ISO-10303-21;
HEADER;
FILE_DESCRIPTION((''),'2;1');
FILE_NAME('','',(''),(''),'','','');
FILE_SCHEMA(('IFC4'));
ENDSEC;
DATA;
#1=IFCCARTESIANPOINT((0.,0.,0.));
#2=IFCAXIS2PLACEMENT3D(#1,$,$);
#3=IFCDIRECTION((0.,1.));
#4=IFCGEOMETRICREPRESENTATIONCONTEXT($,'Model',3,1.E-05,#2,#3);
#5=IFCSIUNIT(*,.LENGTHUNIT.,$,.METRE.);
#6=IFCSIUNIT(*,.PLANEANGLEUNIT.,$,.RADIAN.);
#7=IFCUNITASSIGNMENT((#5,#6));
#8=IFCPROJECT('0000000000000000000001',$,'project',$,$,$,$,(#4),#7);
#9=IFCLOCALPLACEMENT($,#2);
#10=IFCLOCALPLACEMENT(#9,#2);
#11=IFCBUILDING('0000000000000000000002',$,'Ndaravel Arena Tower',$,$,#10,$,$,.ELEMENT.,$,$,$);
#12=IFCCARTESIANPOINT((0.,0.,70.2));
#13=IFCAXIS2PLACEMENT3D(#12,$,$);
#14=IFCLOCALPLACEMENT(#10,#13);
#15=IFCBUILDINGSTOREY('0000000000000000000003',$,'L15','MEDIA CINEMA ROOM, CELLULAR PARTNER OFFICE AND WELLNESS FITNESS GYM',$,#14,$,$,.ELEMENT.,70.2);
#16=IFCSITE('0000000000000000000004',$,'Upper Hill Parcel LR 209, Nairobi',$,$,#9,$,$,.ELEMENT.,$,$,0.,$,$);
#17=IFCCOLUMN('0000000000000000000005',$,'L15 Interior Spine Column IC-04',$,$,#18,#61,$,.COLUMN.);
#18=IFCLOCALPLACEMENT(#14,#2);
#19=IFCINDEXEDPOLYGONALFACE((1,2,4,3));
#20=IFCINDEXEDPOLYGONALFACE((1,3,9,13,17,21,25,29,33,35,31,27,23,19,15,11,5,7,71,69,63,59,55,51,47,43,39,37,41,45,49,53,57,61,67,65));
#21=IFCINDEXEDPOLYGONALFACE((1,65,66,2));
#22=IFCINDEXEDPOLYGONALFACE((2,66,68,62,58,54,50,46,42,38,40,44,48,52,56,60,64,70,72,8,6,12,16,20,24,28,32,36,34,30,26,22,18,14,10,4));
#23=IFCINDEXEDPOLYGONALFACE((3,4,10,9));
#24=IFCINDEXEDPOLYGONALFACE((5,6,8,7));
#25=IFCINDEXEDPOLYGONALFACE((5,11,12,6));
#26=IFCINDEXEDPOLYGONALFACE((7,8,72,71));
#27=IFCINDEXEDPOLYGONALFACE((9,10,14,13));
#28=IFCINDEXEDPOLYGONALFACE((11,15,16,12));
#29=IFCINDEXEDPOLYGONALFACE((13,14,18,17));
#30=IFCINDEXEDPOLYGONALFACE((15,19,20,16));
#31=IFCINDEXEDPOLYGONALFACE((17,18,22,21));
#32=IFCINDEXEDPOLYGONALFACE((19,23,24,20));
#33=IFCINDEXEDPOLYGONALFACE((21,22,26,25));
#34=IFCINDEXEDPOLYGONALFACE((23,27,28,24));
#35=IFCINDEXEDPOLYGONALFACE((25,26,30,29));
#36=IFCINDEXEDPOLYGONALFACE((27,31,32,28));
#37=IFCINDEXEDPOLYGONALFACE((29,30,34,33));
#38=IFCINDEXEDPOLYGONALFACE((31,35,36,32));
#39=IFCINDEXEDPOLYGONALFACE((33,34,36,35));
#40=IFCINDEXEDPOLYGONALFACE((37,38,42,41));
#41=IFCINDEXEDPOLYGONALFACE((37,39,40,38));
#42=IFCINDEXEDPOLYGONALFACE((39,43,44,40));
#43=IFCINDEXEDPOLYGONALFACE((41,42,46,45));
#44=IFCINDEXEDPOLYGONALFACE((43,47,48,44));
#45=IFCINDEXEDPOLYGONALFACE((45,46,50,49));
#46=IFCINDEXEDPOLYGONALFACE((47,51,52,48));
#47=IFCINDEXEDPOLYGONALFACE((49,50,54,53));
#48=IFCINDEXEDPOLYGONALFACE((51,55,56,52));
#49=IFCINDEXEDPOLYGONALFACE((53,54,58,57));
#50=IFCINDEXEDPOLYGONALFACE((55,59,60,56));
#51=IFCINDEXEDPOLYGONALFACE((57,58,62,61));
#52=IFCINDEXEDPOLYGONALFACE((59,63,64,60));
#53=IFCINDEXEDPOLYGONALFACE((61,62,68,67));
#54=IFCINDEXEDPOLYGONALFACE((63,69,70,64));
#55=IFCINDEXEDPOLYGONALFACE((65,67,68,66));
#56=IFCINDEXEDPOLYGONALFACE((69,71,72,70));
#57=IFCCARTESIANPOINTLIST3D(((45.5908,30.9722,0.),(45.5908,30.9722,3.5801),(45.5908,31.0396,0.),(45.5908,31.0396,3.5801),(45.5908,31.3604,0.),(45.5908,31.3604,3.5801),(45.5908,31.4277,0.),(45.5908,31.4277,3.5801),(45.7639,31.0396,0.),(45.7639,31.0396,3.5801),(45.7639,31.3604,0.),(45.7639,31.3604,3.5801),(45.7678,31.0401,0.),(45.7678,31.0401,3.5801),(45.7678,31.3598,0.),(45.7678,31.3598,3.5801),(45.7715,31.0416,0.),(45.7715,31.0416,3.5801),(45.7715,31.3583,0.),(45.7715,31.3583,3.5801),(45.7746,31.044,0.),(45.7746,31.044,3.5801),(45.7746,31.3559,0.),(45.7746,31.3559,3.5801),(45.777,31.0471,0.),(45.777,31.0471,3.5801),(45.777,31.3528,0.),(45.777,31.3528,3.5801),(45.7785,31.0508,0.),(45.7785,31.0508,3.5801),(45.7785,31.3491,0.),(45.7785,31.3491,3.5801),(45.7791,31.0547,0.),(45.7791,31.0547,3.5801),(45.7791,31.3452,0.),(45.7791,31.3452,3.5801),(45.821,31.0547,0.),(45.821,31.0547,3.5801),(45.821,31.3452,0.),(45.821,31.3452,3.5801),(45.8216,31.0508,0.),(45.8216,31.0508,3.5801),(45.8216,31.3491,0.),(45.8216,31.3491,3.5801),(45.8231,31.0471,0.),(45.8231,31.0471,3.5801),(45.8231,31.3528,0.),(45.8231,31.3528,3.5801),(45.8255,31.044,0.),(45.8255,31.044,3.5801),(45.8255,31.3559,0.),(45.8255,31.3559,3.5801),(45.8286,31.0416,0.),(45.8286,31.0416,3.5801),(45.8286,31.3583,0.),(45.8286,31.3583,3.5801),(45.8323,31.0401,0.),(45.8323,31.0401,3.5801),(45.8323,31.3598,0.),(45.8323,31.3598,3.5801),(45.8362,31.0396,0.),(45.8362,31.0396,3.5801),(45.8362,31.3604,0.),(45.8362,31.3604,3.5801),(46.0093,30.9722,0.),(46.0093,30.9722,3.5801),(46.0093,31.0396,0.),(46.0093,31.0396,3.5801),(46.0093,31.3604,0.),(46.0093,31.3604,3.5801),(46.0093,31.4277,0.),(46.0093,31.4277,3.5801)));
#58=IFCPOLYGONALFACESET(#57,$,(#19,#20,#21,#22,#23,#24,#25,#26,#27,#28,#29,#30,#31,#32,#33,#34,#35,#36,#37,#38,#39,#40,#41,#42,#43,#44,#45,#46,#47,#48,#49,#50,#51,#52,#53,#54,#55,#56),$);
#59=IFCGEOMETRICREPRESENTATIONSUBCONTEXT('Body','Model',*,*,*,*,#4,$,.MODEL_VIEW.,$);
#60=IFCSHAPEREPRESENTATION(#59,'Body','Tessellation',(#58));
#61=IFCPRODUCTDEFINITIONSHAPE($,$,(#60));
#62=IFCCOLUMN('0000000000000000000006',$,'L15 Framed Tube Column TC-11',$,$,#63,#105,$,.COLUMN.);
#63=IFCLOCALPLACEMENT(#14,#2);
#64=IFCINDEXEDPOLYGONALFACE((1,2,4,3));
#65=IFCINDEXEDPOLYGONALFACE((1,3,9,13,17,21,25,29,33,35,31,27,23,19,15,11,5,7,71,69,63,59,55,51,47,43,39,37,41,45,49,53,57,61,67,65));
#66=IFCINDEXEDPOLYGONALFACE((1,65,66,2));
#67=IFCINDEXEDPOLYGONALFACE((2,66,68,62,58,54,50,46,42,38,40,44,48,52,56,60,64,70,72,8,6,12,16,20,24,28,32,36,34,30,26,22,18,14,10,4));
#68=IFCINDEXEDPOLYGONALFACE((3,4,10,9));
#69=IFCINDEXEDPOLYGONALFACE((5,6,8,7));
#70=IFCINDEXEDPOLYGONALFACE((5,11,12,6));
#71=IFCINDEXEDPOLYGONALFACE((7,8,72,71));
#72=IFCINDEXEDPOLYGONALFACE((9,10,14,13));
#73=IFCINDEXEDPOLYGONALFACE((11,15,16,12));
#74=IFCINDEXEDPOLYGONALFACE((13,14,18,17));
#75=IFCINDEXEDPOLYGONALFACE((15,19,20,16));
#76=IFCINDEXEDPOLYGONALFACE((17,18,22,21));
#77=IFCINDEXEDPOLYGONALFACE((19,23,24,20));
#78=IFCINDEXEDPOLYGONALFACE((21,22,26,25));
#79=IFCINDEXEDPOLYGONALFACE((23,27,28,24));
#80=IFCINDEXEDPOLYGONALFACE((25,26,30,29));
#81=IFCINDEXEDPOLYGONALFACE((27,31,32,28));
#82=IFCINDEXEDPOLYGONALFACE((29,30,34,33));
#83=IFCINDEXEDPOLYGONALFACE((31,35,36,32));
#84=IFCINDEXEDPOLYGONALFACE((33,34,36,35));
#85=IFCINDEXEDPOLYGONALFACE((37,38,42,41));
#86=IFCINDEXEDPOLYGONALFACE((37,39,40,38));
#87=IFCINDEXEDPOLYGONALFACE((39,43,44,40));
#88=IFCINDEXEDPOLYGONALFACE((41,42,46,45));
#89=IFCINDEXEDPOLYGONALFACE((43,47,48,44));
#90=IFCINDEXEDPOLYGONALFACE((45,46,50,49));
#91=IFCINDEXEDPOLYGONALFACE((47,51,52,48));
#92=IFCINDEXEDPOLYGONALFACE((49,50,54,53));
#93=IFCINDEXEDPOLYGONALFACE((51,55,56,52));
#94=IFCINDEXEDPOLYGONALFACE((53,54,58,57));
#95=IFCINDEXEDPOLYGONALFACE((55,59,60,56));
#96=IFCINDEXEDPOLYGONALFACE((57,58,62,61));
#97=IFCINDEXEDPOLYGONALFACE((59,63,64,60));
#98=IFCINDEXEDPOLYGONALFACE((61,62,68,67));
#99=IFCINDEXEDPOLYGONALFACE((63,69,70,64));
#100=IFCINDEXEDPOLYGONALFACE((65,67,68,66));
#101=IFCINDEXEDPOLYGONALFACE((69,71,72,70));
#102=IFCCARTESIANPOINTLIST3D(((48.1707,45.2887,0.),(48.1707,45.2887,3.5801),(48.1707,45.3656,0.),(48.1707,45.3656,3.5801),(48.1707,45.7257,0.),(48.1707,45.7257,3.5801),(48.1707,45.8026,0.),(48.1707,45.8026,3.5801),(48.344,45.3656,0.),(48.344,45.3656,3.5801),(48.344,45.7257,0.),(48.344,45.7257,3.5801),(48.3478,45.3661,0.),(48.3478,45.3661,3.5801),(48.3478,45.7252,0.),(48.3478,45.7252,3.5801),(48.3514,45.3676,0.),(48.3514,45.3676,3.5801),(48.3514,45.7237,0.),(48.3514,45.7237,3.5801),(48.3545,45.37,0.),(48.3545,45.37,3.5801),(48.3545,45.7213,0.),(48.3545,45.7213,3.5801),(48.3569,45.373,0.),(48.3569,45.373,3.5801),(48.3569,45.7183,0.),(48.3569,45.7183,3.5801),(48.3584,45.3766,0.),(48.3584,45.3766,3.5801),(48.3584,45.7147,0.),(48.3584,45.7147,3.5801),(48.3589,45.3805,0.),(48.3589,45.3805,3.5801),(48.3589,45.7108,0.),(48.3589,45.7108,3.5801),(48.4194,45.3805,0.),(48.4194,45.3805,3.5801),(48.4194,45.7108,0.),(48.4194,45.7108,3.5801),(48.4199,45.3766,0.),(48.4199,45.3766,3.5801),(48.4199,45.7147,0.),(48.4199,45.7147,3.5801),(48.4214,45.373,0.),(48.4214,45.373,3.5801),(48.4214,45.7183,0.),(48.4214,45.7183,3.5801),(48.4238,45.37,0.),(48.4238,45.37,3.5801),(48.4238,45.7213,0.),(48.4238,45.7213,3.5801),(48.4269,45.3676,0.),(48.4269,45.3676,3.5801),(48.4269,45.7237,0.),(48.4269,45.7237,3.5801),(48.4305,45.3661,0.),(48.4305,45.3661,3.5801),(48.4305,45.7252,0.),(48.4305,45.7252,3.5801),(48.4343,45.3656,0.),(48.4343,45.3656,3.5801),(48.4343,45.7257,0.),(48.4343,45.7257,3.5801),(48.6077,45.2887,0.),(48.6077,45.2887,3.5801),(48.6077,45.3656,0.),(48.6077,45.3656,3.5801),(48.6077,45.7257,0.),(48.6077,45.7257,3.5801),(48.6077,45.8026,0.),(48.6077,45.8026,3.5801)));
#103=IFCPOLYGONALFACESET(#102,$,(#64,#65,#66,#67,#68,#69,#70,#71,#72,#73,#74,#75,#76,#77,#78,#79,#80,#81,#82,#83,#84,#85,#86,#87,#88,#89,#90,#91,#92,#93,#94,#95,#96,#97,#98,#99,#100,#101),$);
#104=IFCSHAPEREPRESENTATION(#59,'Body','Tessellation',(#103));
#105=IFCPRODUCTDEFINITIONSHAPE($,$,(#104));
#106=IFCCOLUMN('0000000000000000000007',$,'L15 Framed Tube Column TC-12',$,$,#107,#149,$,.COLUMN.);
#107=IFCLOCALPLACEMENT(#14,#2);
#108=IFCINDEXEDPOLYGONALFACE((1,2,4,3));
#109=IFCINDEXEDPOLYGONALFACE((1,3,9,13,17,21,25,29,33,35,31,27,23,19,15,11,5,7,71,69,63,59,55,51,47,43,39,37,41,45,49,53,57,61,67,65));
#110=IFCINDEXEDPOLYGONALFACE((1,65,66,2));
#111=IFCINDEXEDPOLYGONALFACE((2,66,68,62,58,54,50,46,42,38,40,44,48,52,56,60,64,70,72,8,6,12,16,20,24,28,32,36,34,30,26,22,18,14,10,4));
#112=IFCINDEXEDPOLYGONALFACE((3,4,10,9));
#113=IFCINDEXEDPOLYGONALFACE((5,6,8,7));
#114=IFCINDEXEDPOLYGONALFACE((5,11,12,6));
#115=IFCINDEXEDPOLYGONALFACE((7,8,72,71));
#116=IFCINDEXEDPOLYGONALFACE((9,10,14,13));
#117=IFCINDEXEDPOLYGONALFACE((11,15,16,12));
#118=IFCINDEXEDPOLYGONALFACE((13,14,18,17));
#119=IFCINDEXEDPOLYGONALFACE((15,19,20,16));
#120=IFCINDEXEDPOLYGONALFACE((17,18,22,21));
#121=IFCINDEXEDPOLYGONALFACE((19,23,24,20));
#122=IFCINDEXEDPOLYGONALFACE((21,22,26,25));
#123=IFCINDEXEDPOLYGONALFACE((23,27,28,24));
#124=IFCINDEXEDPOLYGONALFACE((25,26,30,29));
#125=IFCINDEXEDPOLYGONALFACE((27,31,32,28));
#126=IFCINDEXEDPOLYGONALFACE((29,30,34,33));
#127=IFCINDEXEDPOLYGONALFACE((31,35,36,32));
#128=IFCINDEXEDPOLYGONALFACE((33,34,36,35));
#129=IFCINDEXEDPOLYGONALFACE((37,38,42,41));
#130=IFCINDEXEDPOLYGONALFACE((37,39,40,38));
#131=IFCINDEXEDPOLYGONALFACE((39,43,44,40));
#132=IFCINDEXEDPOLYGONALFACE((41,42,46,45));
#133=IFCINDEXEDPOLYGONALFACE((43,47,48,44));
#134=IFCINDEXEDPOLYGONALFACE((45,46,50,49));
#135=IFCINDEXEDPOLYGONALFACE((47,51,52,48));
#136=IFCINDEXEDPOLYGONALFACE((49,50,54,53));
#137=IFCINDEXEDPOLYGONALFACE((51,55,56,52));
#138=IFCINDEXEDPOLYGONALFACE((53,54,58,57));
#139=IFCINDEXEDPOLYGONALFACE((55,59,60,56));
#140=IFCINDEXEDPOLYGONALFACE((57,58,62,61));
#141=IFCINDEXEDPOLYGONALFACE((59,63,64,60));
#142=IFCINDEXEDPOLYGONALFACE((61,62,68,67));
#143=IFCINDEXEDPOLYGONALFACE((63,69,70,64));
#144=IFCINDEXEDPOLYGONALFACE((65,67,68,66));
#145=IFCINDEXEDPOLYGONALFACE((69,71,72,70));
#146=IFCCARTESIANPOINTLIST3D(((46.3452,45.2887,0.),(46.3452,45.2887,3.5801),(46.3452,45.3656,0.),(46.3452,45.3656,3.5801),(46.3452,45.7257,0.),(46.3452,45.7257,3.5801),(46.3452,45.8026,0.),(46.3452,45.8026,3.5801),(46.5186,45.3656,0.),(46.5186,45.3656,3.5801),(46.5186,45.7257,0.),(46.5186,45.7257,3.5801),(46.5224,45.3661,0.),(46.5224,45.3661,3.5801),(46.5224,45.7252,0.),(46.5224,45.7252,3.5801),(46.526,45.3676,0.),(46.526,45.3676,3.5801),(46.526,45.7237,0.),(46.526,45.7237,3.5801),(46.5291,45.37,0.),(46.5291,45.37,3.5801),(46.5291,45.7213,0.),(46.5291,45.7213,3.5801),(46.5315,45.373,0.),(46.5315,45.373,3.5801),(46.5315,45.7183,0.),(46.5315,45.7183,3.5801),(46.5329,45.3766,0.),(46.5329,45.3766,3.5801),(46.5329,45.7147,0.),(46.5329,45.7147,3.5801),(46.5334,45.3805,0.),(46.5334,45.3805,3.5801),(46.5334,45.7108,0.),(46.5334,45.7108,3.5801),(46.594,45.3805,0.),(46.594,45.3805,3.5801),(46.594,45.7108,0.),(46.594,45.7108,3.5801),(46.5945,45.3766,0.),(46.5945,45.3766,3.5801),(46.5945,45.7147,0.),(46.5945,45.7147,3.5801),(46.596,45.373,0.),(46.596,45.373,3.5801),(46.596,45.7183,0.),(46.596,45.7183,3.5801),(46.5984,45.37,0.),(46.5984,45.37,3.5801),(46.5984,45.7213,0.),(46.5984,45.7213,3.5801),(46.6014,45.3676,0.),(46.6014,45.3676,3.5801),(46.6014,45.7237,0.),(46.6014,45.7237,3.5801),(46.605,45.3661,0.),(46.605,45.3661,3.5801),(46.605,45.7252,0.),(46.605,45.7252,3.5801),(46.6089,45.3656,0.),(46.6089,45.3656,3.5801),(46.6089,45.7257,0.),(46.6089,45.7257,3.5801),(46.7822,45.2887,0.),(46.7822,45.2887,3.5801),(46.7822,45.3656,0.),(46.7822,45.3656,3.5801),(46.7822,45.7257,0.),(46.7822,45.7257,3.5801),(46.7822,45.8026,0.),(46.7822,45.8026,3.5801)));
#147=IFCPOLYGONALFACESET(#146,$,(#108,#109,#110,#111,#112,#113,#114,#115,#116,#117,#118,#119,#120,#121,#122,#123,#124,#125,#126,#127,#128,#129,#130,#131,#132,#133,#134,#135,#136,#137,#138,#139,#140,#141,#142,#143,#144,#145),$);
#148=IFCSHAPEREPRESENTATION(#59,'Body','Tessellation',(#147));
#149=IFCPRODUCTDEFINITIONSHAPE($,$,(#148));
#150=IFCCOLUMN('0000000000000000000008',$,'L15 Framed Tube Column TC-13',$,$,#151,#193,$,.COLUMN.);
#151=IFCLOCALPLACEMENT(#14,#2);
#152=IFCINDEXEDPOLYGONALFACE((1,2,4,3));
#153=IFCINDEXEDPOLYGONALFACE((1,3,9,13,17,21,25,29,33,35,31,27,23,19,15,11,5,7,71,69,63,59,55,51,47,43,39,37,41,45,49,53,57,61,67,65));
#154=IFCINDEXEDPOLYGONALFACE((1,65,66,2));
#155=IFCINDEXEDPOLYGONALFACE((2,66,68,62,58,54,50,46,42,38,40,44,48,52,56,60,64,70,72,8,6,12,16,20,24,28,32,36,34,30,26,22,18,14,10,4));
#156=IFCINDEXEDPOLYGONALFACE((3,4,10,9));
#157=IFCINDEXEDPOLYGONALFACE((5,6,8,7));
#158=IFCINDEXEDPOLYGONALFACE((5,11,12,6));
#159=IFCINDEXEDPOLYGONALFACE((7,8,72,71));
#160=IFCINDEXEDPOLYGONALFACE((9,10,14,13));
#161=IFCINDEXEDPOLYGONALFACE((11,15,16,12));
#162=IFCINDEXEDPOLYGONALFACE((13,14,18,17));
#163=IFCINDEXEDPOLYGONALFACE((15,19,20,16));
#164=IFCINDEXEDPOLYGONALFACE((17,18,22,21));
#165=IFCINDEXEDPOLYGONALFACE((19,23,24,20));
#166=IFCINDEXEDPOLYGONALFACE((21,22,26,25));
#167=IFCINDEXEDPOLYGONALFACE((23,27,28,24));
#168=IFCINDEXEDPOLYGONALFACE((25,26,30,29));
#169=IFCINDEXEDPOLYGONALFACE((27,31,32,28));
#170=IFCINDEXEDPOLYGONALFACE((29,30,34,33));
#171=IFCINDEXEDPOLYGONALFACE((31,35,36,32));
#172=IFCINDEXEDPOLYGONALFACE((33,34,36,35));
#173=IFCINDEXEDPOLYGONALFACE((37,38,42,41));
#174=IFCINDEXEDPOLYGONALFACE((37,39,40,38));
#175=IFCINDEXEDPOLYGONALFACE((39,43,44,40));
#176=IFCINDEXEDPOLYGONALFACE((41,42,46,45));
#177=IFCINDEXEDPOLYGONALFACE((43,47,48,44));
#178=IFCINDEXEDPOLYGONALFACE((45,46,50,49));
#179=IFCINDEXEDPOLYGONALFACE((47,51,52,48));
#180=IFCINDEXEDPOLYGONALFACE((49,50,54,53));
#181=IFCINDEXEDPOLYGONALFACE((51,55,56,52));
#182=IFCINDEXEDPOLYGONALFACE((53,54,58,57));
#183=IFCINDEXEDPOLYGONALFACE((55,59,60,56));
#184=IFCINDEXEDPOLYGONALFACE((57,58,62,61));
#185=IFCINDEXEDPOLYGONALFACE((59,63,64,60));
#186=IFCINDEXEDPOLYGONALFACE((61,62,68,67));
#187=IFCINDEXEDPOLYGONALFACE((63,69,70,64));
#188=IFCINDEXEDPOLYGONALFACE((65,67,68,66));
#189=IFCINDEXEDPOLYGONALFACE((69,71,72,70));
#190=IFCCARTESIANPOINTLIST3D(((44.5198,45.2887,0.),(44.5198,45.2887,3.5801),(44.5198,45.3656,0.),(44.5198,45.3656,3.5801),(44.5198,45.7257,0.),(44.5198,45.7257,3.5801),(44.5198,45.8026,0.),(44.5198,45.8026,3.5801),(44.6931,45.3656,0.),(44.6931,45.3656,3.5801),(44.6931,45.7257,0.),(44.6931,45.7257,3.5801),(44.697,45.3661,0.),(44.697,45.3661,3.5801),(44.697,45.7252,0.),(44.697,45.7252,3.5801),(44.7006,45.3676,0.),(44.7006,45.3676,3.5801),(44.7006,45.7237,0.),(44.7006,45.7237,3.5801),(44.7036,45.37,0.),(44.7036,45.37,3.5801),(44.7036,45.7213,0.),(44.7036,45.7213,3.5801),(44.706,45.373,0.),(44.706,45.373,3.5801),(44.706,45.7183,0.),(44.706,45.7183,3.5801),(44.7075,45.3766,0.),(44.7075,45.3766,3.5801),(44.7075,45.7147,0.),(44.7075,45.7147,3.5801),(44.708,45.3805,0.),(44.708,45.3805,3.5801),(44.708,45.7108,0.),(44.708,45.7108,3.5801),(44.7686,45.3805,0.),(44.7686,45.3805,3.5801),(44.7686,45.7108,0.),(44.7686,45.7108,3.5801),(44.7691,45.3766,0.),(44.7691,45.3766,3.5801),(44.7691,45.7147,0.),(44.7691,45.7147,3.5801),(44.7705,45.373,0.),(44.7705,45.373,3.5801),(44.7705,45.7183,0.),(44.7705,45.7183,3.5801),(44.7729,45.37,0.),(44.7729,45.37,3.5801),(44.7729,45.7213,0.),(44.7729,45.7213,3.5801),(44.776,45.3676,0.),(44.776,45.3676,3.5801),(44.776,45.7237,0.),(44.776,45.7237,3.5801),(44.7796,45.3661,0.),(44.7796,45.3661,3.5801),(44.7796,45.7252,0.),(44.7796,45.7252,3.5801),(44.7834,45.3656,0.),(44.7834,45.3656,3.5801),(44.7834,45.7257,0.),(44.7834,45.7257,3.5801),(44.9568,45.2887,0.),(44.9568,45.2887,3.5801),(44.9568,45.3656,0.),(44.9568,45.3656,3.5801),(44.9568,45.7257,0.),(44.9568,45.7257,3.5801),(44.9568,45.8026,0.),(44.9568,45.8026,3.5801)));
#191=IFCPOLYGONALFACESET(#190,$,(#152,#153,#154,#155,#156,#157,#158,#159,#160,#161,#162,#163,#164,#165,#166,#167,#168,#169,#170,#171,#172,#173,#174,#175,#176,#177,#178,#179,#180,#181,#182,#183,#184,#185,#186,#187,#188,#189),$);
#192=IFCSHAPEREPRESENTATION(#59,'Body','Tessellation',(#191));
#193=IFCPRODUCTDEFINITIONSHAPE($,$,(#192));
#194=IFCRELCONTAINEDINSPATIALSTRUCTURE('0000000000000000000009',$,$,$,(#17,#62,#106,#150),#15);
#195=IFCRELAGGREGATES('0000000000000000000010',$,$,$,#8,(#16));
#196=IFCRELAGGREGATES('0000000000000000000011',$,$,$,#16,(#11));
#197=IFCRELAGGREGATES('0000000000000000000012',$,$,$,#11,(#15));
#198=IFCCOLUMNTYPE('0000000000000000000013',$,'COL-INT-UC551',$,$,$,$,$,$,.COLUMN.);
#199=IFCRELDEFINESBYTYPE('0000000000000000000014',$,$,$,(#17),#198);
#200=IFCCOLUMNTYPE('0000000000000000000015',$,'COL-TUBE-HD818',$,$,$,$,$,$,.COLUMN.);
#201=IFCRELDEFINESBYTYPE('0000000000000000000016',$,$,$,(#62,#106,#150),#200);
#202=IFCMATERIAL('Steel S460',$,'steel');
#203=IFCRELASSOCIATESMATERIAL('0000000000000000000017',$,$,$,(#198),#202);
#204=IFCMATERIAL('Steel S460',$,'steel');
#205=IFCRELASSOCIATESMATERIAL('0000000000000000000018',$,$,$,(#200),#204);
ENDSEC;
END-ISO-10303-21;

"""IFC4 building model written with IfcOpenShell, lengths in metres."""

from ifc_helpers import new_model, si_unit, direction, frame, origin, origin_2d, place, context, subcontext, project, spatial, i_section, extrude, material, material_profile, profile_set, type_object, element, save


model = new_model("IFC4")

# Units and contexts
model_context = context("Model", 3, precision=1e-05, world=origin(), true_north=direction((0.0, 1.0)))
body_context = subcontext(model_context, "Body", "Model", "MODEL_VIEW")
ifc_project = project(units=[si_unit("LENGTHUNIT", "METRE"), si_unit("PLANEANGLEUNIT", "RADIAN")], contexts=[model_context])

# Site, building, storey
site_placement = place(None, origin())
site = spatial("IfcSite", under=ifc_project, at=site_placement, Name="Upper Hill Parcel LR 209, Nairobi", CompositionType="ELEMENT", RefElevation=0.0)
building_placement = place(site_placement, origin())
building = spatial("IfcBuilding", under=site, at=building_placement, Name="Ndaravel Arena Tower", CompositionType="ELEMENT")
storey_placement = place(building_placement, frame((0.0, 0.0, 70.2)))
storey = spatial("IfcBuildingStorey", under=building, at=storey_placement, Name="L15", Description="MEDIA CINEMA ROOM, CELLULAR PARTNER OFFICE AND WELLNESS FITNESS GYM", CompositionType="ELEMENT", Elevation=70.2)

# Columns
ifc_material_1 = material(Name="Steel S460", Category="steel")
ifc_material_profile_1 = material_profile(ifc_material_1, i_section(OverallWidth=0.4185, OverallDepth=0.4556, WebThickness=0.042, FlangeThickness=0.0674, FilletRadius=0.0151, at=origin_2d()), Name="UC 356x406x551")
ifc_profile_set_1 = profile_set([ifc_material_profile_1], Name="Steel S460")
column_type_1 = type_object("IfcColumnType", Name="COL-INT-UC551", PredefinedType="COLUMN", material=ifc_profile_set_1)
column_placement = place(storey_placement, frame((45.8, 31.2, 0.0), z_axis=(0.0, 0.0, 1.0), x_axis=(1.0, 0.0, 0.0)))
element("IfcColumn", 1, at=column_placement, inside=storey, type_object=column_type_1, Name="L15 Interior Spine Column IC-04", PredefinedType="COLUMN", context=body_context, shape_type="SweptSolid", body=[
    extrude(i_section(OverallWidth=0.4185, OverallDepth=0.4556, WebThickness=0.042, FlangeThickness=0.0674, FilletRadius=0.0151, at=origin_2d()), origin(), (0.0, 0.0, 1.0), 3.5801),
])
ifc_material_2 = material(Name="Steel S460", Category="steel")
ifc_material_profile_2 = material_profile(ifc_material_2, i_section(OverallWidth=0.437, OverallDepth=0.5139, WebThickness=0.0605, FlangeThickness=0.0769, FilletRadius=0.0149, at=origin_2d()), Name="HD 400x818")
ifc_profile_set_2 = profile_set([ifc_material_profile_2], Name="Steel S460")
column_type_2 = type_object("IfcColumnType", Name="COL-TUBE-HD818", PredefinedType="COLUMN", material=ifc_profile_set_2)
for number, where, z_axis, x_axis, name in (
    (2, (48.3892, 45.5457, 0.0), (0.0, 0.0, 1.0), (1.0, 0.0, 0.0), "L15 Framed Tube Column TC-11"),
    (3, (46.5637, 45.5457, 0.0), (0.0, 0.0, 1.0), (1.0, 0.0, 0.0), "L15 Framed Tube Column TC-12"),
    (4, (44.7383, 45.5457, 0.0), (0.0, 0.0, 1.0), (1.0, 0.0, 0.0), "L15 Framed Tube Column TC-13"),
):
    element("IfcColumn", number, at=place(storey_placement, frame(where, z_axis=z_axis, x_axis=x_axis)), inside=storey, type_object=column_type_2, Name=name, PredefinedType="COLUMN", context=body_context, shape_type="SweptSolid", body=[
        extrude(i_section(OverallWidth=0.437, OverallDepth=0.5139, WebThickness=0.0605, FlangeThickness=0.0769, FilletRadius=0.0149, at=origin_2d()), origin(), (0.0, 0.0, 1.0), 3.5801),
    ])

save(model, "model.ifc")
